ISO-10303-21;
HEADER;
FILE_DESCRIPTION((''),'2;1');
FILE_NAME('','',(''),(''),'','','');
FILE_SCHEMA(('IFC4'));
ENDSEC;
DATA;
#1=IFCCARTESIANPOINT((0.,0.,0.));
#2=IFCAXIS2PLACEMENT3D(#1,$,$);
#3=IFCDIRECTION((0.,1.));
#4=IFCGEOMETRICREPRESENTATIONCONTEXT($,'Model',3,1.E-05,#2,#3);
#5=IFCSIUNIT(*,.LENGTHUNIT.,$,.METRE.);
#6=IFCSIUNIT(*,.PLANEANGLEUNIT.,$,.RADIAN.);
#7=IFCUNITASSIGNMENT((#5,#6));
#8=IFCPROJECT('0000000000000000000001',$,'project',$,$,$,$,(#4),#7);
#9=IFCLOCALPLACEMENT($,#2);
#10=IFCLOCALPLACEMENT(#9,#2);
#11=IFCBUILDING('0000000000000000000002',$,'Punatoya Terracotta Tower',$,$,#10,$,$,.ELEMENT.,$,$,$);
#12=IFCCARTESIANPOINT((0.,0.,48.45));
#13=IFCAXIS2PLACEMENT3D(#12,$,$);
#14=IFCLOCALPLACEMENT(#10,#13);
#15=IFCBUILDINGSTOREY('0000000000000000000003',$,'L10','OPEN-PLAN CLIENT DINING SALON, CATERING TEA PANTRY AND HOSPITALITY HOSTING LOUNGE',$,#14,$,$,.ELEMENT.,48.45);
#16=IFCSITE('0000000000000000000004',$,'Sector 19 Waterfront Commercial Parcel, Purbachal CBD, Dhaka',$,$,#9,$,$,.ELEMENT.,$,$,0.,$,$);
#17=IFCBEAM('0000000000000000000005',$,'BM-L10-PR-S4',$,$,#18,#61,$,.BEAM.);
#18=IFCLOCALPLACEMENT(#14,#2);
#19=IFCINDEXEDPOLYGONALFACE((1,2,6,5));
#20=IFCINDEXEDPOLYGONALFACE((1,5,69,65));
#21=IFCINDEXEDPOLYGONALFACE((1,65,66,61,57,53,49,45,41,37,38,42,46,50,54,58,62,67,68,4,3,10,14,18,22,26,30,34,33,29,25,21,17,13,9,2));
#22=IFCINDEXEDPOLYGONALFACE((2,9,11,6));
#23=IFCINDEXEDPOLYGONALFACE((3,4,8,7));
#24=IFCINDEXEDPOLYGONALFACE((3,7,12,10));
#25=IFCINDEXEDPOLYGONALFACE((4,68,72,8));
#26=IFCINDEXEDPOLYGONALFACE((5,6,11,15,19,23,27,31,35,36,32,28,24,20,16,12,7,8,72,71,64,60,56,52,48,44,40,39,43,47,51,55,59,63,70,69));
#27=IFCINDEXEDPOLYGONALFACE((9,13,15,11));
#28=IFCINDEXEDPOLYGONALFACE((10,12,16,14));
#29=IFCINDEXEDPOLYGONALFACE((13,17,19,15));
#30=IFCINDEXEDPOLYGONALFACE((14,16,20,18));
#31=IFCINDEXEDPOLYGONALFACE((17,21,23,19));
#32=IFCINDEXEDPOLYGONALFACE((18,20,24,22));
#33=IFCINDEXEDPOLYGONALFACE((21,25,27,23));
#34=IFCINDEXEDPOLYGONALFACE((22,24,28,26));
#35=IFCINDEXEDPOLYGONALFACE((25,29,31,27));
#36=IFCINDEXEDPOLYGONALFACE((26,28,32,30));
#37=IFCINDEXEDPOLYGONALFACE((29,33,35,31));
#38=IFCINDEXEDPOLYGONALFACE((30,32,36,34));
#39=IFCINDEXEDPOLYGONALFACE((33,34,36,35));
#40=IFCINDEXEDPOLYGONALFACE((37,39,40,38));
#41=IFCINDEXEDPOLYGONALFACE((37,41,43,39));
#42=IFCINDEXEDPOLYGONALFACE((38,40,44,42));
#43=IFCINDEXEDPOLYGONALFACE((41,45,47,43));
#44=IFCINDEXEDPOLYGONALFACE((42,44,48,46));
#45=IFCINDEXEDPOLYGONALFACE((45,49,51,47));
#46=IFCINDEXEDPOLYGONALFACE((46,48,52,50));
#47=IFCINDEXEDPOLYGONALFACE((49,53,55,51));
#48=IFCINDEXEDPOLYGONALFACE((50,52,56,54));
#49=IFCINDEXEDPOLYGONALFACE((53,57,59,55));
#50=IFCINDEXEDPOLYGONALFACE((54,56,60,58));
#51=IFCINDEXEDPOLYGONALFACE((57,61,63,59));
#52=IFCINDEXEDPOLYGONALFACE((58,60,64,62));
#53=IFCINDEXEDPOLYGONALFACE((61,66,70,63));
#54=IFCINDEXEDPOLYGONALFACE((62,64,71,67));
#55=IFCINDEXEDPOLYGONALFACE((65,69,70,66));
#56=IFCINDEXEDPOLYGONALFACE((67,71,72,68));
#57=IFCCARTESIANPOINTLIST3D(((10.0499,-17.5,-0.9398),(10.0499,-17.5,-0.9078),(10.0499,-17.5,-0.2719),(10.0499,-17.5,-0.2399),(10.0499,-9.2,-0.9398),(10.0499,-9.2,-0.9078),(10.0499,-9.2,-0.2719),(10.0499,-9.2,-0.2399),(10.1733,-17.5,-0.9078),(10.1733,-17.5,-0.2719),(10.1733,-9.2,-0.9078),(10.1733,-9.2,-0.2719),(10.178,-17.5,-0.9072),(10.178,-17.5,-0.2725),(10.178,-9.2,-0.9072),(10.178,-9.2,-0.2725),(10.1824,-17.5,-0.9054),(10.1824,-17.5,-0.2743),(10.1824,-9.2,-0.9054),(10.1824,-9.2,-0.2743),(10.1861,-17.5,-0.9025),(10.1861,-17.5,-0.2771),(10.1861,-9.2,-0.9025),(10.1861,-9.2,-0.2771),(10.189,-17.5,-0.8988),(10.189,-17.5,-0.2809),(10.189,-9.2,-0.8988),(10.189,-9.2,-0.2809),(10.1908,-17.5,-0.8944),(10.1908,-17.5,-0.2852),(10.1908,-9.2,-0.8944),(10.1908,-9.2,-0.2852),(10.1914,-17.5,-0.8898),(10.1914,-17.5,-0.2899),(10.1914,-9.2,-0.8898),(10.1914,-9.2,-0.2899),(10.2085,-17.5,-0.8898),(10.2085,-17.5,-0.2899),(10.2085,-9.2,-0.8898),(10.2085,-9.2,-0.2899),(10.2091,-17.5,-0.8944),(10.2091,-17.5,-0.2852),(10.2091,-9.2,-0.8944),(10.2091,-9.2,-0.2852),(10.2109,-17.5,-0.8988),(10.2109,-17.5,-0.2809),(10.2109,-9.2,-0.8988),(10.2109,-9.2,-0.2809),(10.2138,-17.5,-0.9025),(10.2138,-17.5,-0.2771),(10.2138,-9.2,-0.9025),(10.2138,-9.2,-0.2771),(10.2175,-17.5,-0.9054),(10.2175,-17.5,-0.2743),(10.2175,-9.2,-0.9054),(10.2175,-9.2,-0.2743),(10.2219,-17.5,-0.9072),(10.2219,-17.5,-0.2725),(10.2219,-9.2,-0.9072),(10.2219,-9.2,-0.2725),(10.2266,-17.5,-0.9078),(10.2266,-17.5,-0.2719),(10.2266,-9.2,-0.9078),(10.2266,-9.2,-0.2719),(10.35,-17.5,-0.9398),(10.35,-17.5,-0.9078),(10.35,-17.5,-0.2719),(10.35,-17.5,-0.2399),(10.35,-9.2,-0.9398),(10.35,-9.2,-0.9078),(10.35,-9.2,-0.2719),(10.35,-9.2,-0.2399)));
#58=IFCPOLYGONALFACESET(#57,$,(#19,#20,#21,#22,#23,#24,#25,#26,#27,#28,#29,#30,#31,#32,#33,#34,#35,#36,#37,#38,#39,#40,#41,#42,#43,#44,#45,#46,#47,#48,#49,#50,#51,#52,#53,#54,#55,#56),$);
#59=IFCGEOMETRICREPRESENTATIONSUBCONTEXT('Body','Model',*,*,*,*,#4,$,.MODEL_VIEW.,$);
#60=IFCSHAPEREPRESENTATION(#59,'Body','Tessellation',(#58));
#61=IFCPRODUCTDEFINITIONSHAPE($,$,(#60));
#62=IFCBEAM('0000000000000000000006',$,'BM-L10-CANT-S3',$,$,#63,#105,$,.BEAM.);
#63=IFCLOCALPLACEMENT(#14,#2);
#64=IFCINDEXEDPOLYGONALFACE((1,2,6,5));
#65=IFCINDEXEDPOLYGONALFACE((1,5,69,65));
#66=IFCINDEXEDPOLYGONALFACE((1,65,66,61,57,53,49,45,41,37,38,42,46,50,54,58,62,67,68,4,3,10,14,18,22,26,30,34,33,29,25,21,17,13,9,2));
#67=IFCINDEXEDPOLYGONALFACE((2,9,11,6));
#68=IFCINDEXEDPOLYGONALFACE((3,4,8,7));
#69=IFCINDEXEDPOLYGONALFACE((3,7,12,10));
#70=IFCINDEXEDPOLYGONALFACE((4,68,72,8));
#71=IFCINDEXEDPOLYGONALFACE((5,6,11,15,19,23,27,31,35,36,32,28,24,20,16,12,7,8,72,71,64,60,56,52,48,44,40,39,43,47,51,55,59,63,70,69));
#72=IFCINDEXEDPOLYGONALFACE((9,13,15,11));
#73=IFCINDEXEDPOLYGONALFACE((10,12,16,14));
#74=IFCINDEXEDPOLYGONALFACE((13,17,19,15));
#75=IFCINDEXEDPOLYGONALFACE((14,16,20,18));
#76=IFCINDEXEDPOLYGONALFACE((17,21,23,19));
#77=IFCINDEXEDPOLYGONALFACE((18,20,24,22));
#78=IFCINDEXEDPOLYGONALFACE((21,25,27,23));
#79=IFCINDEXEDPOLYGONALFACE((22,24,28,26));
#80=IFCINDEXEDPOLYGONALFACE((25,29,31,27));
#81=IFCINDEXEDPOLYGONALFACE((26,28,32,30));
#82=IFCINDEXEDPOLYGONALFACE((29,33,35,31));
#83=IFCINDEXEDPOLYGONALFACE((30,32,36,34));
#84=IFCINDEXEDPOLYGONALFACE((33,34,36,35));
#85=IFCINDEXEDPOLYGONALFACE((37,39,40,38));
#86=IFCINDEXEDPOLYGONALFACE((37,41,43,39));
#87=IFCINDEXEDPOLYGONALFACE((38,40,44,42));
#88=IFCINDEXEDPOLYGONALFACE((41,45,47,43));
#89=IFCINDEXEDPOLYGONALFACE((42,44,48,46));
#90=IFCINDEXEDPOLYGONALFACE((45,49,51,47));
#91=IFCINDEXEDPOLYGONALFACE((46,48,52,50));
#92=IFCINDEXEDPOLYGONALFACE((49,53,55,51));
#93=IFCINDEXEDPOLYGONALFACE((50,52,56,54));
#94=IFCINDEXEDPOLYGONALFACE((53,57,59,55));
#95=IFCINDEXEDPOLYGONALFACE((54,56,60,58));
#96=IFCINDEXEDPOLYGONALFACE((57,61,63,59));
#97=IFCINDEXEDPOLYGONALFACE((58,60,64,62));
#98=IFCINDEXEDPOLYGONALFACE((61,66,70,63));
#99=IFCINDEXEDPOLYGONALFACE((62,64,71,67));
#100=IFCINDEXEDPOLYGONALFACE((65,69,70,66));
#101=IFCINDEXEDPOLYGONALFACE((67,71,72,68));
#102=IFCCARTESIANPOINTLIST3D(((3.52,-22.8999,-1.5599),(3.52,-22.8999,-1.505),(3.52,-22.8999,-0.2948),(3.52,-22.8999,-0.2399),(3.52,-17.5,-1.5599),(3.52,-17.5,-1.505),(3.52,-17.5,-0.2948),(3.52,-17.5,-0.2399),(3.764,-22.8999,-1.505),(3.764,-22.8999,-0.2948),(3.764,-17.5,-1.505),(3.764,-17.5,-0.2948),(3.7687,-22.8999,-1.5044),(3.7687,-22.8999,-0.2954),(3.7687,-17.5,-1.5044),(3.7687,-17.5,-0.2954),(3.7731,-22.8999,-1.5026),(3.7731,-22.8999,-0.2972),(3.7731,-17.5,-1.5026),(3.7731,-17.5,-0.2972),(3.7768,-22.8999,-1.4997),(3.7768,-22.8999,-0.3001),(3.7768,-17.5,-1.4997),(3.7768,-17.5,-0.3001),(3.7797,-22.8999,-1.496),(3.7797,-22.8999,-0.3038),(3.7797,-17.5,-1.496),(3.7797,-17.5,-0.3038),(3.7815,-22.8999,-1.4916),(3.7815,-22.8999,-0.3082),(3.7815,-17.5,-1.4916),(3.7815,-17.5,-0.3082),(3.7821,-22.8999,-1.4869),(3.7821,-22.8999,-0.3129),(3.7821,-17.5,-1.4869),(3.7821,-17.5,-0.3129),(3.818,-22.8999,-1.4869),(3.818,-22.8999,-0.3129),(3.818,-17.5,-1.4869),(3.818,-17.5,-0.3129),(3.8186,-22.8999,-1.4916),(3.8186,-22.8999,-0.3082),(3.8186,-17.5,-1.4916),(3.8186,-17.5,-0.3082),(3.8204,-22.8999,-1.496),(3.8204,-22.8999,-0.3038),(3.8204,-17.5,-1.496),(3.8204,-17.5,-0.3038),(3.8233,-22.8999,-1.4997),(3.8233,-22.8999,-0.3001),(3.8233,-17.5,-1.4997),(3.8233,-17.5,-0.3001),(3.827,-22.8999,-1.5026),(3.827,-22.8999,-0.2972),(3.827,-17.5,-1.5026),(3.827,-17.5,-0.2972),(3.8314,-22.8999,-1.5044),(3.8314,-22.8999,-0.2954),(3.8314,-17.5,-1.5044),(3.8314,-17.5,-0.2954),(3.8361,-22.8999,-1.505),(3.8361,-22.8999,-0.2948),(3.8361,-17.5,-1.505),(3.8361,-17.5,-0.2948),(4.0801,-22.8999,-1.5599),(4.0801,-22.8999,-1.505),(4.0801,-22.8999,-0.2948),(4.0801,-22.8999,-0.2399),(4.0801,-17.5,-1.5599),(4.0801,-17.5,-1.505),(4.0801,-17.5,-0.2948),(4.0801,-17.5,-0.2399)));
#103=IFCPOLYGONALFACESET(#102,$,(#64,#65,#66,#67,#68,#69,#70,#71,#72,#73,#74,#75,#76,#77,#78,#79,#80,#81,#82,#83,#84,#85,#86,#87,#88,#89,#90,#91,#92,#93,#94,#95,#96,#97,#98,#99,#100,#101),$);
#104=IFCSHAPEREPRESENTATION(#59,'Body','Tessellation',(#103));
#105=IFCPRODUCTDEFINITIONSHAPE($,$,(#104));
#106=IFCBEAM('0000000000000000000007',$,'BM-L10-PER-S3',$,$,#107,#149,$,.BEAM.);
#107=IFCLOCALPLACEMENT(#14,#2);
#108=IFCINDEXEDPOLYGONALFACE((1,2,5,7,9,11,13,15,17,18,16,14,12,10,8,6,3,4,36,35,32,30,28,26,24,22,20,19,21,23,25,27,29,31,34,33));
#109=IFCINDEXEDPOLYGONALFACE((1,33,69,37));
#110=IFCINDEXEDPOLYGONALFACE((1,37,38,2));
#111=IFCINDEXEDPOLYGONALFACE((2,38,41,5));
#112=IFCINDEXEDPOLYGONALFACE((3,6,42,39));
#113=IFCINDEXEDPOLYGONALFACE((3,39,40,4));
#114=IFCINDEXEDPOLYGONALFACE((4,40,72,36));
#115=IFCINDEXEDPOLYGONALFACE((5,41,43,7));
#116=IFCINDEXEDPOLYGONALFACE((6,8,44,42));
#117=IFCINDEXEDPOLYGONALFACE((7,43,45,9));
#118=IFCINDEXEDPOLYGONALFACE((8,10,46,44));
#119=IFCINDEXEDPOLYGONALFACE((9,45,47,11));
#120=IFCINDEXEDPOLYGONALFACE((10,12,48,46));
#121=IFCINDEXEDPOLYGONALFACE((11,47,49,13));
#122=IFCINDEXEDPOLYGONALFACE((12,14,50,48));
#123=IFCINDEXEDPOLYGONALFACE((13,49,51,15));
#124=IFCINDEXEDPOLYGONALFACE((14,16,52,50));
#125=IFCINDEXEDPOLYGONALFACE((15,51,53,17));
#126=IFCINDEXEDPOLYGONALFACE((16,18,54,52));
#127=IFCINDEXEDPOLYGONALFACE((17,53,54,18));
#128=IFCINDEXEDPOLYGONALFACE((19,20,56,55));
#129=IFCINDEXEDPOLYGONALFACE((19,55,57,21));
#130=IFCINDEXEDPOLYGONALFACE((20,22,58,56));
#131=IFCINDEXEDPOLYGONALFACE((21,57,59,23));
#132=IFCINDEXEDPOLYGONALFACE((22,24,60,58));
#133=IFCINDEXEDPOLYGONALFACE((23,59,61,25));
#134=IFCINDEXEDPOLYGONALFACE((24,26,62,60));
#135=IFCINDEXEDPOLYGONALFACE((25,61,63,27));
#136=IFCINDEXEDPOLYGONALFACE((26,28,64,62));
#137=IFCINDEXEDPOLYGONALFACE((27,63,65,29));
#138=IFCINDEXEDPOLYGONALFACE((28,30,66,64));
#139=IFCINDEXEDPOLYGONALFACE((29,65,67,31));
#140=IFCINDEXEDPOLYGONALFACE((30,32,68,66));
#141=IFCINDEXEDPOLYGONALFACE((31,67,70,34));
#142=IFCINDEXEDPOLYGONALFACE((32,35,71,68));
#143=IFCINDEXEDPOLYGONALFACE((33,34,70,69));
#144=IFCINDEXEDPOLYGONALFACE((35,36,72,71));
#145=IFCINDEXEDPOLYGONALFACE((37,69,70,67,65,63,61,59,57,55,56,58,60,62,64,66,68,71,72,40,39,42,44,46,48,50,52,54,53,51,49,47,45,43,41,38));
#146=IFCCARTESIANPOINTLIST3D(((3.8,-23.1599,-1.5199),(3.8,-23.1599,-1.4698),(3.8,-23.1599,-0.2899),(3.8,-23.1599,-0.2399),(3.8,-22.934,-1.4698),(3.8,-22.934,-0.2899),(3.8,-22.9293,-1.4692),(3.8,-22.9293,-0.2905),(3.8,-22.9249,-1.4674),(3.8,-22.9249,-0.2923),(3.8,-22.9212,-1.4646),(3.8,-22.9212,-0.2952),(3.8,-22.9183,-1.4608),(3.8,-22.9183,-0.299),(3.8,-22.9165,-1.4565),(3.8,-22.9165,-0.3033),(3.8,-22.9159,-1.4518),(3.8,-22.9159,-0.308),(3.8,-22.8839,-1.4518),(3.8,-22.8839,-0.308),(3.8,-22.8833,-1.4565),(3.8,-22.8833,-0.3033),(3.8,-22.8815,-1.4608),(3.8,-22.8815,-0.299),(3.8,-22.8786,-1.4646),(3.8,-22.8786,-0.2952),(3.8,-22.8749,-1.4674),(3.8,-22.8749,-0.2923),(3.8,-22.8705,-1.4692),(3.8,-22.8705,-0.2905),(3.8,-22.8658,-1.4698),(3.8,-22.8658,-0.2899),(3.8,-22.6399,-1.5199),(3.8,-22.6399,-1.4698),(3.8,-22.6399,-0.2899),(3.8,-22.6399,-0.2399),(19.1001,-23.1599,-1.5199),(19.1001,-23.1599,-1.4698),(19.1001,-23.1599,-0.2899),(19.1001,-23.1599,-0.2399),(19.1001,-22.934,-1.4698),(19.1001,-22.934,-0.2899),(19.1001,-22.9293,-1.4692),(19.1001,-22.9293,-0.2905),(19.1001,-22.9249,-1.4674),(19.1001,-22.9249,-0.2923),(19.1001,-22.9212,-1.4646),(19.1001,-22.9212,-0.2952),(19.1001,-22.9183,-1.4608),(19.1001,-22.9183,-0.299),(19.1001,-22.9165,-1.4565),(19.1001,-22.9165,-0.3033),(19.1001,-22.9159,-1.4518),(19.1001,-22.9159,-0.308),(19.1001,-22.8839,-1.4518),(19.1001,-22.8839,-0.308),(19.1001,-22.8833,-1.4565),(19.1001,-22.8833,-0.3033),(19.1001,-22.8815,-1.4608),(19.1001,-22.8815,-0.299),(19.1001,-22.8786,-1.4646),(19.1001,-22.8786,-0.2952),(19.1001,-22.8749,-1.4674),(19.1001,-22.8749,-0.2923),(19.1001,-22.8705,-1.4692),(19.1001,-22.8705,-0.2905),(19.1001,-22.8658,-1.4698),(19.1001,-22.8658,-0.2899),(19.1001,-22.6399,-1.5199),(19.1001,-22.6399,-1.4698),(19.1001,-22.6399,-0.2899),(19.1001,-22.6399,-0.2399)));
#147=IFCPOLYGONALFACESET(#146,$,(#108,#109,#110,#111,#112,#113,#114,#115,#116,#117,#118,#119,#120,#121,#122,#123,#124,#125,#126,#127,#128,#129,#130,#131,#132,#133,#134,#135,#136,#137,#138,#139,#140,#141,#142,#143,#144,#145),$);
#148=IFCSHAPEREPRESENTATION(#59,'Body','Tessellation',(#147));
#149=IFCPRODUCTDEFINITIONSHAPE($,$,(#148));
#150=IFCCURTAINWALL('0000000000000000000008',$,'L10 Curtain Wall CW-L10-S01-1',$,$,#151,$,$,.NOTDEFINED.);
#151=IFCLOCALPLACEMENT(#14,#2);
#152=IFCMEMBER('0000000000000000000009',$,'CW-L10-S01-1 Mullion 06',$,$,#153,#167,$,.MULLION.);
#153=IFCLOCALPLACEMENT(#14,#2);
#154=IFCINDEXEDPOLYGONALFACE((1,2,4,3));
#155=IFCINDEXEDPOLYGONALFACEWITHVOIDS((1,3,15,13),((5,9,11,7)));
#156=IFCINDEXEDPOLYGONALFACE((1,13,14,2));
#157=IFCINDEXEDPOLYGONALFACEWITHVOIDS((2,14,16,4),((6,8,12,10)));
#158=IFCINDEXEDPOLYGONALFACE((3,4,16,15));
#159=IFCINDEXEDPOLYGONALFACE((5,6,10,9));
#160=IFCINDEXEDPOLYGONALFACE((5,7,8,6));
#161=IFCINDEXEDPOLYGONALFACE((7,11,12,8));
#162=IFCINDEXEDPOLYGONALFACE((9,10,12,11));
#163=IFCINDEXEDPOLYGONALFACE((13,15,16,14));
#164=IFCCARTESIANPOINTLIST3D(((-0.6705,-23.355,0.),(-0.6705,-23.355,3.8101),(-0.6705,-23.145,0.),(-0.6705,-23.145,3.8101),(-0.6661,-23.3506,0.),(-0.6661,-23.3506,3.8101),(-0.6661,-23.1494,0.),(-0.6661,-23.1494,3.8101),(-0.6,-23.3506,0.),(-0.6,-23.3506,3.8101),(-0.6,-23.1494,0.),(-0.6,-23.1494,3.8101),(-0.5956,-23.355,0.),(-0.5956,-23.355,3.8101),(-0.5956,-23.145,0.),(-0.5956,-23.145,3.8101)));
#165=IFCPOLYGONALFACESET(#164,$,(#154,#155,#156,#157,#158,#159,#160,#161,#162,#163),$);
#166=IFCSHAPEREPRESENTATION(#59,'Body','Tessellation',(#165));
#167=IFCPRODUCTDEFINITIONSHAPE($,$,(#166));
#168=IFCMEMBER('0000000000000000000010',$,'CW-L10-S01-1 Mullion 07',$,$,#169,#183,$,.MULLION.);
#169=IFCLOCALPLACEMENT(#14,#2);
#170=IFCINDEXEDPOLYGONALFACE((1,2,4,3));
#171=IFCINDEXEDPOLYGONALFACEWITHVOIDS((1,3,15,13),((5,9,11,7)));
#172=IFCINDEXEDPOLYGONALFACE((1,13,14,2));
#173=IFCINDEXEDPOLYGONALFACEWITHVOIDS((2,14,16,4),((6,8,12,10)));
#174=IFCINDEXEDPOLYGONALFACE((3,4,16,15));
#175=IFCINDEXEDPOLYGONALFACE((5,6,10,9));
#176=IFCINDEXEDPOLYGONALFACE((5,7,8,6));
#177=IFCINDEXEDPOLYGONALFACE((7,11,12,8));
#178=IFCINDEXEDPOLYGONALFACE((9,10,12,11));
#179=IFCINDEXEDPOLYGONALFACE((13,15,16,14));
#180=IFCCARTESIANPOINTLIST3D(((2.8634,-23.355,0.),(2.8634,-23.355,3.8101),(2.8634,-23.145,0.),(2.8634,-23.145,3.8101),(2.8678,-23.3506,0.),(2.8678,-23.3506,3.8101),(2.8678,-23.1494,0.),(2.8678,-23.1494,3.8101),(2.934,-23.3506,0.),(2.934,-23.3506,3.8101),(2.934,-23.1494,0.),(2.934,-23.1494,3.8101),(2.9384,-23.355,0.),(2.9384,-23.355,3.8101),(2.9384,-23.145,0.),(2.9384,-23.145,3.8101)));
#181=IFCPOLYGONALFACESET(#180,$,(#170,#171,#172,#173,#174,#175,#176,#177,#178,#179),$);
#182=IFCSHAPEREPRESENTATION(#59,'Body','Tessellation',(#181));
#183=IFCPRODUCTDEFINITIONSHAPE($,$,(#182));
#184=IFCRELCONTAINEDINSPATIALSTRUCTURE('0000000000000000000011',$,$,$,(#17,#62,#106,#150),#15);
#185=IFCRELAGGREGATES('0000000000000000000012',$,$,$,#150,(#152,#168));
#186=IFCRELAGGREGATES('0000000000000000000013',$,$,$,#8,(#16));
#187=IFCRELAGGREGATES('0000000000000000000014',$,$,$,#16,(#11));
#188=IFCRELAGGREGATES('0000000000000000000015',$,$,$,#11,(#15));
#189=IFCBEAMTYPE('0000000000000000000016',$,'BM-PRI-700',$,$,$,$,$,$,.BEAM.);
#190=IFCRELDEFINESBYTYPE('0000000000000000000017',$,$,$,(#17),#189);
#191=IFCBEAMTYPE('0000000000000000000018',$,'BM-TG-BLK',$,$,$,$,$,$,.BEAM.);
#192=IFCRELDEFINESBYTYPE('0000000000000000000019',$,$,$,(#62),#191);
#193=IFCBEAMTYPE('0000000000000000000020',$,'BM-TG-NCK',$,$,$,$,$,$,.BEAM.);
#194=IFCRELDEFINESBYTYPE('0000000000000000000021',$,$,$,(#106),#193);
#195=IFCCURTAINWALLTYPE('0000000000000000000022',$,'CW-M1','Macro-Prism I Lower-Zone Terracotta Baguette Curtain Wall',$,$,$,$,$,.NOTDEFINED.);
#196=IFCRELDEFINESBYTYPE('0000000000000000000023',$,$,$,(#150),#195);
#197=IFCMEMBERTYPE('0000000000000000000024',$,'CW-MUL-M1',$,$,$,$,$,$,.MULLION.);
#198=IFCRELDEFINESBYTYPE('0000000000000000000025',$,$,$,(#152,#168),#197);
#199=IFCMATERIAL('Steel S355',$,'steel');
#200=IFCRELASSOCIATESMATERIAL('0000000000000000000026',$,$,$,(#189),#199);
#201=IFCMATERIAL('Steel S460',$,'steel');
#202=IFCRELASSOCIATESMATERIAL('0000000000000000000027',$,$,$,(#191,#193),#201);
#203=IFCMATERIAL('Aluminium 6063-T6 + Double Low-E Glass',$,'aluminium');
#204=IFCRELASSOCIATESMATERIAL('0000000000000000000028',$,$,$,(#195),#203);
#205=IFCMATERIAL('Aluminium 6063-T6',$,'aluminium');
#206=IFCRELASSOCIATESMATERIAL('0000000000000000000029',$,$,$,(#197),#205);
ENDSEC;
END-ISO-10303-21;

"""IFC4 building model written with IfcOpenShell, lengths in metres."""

from ifc_helpers import new_model, si_unit, direction, frame, origin, origin_2d, place, context, subcontext, project, spatial, hollow_rectangle, i_section, extrude, material, material_profile, profile_set, type_object, element, aggregate, save


model = new_model("IFC4")

# Units and contexts
model_context = context("Model", 3, precision=1e-05, world=origin(), true_north=direction((0.0, 1.0)))
body_context = subcontext(model_context, "Body", "Model", "MODEL_VIEW")
ifc_project = project(units=[si_unit("LENGTHUNIT", "METRE"), si_unit("PLANEANGLEUNIT", "RADIAN")], contexts=[model_context])

# Site, building, storey
site_placement = place(None, origin())
site = spatial("IfcSite", under=ifc_project, at=site_placement, Name="Sector 19 Waterfront Commercial Parcel, Purbachal CBD, Dhaka", CompositionType="ELEMENT", RefElevation=0.0)
building_placement = place(site_placement, origin())
building = spatial("IfcBuilding", under=site, at=building_placement, Name="Punatoya Terracotta Tower", CompositionType="ELEMENT")
storey_placement = place(building_placement, frame((0.0, 0.0, 48.45)))
storey = spatial("IfcBuildingStorey", under=building, at=storey_placement, Name="L10", Description="OPEN-PLAN CLIENT DINING SALON, CATERING TEA PANTRY AND HOSPITALITY HOSTING LOUNGE", CompositionType="ELEMENT", Elevation=48.45)

# Shared definitions
ifc_material_1 = material(Name="Steel S460", Category="steel")

# Beams
ifc_material_2 = material(Name="Steel S355", Category="steel")
ifc_material_profile_1 = material_profile(ifc_material_2, i_section(OverallWidth=0.3, OverallDepth=0.7, WebThickness=0.0171, FlangeThickness=0.032, FilletRadius=0.0181, at=origin_2d()))
ifc_profile_set_1 = profile_set([ifc_material_profile_1], Name="Steel S355")
beam_type_1 = type_object("IfcBeamType", Name="BM-PRI-700", PredefinedType="BEAM", material=ifc_profile_set_1)
for number, where, z_axis, x_axis, name in (
    (1, (10.2, -17.5, -0.5898), (0.0, 1.0, 0.0), (-1.0, 0.0, 0.0), "BM-L10-PR-S4"),
):
    element("IfcBeam", number, at=place(storey_placement, frame(where, z_axis=z_axis, x_axis=x_axis)), inside=storey, type_object=beam_type_1, Name=name, PredefinedType="BEAM", context=body_context, shape_type="SweptSolid", body=[
        extrude(i_section(OverallWidth=0.3, OverallDepth=0.7, WebThickness=0.0171, FlangeThickness=0.032, FilletRadius=0.0181, at=origin_2d()), origin(), (0.0, 0.0, 1.0), 8.3),
    ])
ifc_material_profile_2 = material_profile(ifc_material_1, i_section(OverallWidth=0.5601, OverallDepth=1.3201, WebThickness=0.0359, FlangeThickness=0.0549, FilletRadius=0.0181, at=origin_2d()))
ifc_profile_set_2 = profile_set([ifc_material_profile_2], Name="Steel S460")
beam_type_2 = type_object("IfcBeamType", Name="BM-TG-BLK", PredefinedType="BEAM", material=ifc_profile_set_2)
beam_1_placement = place(storey_placement, frame((3.8, -22.8999, -0.8999), z_axis=(0.0, 1.0, 0.0), x_axis=(-1.0, 0.0, 0.0)))
element("IfcBeam", 2, at=beam_1_placement, inside=storey, type_object=beam_type_2, Name="BM-L10-CANT-S3", PredefinedType="BEAM", context=body_context, shape_type="SweptSolid", body=[
    extrude(i_section(OverallWidth=0.5601, OverallDepth=1.3201, WebThickness=0.0359, FlangeThickness=0.0549, FilletRadius=0.0181, at=origin_2d()), origin(), (0.0, 0.0, 1.0), 5.3999),
])
ifc_material_profile_3 = material_profile(ifc_material_1, i_section(OverallWidth=0.52, OverallDepth=1.28, WebThickness=0.032, FlangeThickness=0.05, FilletRadius=0.0181, at=origin_2d()))
ifc_profile_set_3 = profile_set([ifc_material_profile_3], Name="Steel S460")
beam_type_3 = type_object("IfcBeamType", Name="BM-TG-NCK", PredefinedType="BEAM", material=ifc_profile_set_3)
beam_2_placement = place(storey_placement, frame((3.8, -22.8999, -0.8799), z_axis=(1.0, 0.0, 0.0), x_axis=(0.0, 1.0, 0.0)))
element("IfcBeam", 3, at=beam_2_placement, inside=storey, type_object=beam_type_3, Name="BM-L10-PER-S3", PredefinedType="BEAM", context=body_context, shape_type="SweptSolid", body=[
    extrude(i_section(OverallWidth=0.52, OverallDepth=1.28, WebThickness=0.032, FlangeThickness=0.05, FilletRadius=0.0181, at=origin_2d()), origin(), (0.0, 0.0, 1.0), 15.3),
])

# Curtain wall, members
ifc_material_3 = material(Name="Aluminium 6063-T6 + Double Low-E Glass", Category="aluminium")
curtain_wall_type = type_object("IfcCurtainWallType", Name="CW-M1", Description="Macro-Prism I Lower-Zone Terracotta Baguette Curtain Wall", PredefinedType="NOTDEFINED", material=ifc_material_3)
curtain_wall_1_placement = place(storey_placement, origin())
curtain_wall_1 = element("IfcCurtainWall", 4, at=curtain_wall_1_placement, inside=storey, type_object=curtain_wall_type, Name="L10 Curtain Wall CW-L10-S01-1", PredefinedType="NOTDEFINED")
ifc_material_4 = material(Name="Aluminium 6063-T6", Category="aluminium")
ifc_material_profile_4 = material_profile(ifc_material_4, hollow_rectangle(XDim=0.075, YDim=0.21, WallThickness=0.0044, at=origin_2d()))
ifc_profile_set_4 = profile_set([ifc_material_profile_4], Name="Aluminium 6063-T6")
member_type_1 = type_object("IfcMemberType", Name="CW-MUL-M1", PredefinedType="MULLION", material=ifc_profile_set_4)
member_1_placement = place(storey_placement, frame((-0.6331, -23.25, 0.0), z_axis=(0.0, 0.0, 1.0), x_axis=(1.0, 0.0, 0.0)))
member_1 = element("IfcMember", 5, at=member_1_placement, type_object=member_type_1, Name="CW-L10-S01-1 Mullion 06", PredefinedType="MULLION", context=body_context, shape_type="SweptSolid", body=[
    extrude(hollow_rectangle(XDim=0.075, YDim=0.21, WallThickness=0.0044, at=origin_2d()), origin(), (0.0, 0.0, 1.0), 3.8101),
])
member_2_placement = place(storey_placement, frame((2.9009, -23.25, 0.0), z_axis=(0.0, 0.0, 1.0), x_axis=(1.0, 0.0, 0.0)))
member_2 = element("IfcMember", 6, at=member_2_placement, type_object=member_type_1, Name="CW-L10-S01-1 Mullion 07", PredefinedType="MULLION", context=body_context, shape_type="SweptSolid", body=[
    extrude(hollow_rectangle(XDim=0.075, YDim=0.21, WallThickness=0.0044, at=origin_2d()), origin(), (0.0, 0.0, 1.0), 3.8101),
])

aggregate(curtain_wall_1, [member_1, member_2])

save(model, "model.ifc")
